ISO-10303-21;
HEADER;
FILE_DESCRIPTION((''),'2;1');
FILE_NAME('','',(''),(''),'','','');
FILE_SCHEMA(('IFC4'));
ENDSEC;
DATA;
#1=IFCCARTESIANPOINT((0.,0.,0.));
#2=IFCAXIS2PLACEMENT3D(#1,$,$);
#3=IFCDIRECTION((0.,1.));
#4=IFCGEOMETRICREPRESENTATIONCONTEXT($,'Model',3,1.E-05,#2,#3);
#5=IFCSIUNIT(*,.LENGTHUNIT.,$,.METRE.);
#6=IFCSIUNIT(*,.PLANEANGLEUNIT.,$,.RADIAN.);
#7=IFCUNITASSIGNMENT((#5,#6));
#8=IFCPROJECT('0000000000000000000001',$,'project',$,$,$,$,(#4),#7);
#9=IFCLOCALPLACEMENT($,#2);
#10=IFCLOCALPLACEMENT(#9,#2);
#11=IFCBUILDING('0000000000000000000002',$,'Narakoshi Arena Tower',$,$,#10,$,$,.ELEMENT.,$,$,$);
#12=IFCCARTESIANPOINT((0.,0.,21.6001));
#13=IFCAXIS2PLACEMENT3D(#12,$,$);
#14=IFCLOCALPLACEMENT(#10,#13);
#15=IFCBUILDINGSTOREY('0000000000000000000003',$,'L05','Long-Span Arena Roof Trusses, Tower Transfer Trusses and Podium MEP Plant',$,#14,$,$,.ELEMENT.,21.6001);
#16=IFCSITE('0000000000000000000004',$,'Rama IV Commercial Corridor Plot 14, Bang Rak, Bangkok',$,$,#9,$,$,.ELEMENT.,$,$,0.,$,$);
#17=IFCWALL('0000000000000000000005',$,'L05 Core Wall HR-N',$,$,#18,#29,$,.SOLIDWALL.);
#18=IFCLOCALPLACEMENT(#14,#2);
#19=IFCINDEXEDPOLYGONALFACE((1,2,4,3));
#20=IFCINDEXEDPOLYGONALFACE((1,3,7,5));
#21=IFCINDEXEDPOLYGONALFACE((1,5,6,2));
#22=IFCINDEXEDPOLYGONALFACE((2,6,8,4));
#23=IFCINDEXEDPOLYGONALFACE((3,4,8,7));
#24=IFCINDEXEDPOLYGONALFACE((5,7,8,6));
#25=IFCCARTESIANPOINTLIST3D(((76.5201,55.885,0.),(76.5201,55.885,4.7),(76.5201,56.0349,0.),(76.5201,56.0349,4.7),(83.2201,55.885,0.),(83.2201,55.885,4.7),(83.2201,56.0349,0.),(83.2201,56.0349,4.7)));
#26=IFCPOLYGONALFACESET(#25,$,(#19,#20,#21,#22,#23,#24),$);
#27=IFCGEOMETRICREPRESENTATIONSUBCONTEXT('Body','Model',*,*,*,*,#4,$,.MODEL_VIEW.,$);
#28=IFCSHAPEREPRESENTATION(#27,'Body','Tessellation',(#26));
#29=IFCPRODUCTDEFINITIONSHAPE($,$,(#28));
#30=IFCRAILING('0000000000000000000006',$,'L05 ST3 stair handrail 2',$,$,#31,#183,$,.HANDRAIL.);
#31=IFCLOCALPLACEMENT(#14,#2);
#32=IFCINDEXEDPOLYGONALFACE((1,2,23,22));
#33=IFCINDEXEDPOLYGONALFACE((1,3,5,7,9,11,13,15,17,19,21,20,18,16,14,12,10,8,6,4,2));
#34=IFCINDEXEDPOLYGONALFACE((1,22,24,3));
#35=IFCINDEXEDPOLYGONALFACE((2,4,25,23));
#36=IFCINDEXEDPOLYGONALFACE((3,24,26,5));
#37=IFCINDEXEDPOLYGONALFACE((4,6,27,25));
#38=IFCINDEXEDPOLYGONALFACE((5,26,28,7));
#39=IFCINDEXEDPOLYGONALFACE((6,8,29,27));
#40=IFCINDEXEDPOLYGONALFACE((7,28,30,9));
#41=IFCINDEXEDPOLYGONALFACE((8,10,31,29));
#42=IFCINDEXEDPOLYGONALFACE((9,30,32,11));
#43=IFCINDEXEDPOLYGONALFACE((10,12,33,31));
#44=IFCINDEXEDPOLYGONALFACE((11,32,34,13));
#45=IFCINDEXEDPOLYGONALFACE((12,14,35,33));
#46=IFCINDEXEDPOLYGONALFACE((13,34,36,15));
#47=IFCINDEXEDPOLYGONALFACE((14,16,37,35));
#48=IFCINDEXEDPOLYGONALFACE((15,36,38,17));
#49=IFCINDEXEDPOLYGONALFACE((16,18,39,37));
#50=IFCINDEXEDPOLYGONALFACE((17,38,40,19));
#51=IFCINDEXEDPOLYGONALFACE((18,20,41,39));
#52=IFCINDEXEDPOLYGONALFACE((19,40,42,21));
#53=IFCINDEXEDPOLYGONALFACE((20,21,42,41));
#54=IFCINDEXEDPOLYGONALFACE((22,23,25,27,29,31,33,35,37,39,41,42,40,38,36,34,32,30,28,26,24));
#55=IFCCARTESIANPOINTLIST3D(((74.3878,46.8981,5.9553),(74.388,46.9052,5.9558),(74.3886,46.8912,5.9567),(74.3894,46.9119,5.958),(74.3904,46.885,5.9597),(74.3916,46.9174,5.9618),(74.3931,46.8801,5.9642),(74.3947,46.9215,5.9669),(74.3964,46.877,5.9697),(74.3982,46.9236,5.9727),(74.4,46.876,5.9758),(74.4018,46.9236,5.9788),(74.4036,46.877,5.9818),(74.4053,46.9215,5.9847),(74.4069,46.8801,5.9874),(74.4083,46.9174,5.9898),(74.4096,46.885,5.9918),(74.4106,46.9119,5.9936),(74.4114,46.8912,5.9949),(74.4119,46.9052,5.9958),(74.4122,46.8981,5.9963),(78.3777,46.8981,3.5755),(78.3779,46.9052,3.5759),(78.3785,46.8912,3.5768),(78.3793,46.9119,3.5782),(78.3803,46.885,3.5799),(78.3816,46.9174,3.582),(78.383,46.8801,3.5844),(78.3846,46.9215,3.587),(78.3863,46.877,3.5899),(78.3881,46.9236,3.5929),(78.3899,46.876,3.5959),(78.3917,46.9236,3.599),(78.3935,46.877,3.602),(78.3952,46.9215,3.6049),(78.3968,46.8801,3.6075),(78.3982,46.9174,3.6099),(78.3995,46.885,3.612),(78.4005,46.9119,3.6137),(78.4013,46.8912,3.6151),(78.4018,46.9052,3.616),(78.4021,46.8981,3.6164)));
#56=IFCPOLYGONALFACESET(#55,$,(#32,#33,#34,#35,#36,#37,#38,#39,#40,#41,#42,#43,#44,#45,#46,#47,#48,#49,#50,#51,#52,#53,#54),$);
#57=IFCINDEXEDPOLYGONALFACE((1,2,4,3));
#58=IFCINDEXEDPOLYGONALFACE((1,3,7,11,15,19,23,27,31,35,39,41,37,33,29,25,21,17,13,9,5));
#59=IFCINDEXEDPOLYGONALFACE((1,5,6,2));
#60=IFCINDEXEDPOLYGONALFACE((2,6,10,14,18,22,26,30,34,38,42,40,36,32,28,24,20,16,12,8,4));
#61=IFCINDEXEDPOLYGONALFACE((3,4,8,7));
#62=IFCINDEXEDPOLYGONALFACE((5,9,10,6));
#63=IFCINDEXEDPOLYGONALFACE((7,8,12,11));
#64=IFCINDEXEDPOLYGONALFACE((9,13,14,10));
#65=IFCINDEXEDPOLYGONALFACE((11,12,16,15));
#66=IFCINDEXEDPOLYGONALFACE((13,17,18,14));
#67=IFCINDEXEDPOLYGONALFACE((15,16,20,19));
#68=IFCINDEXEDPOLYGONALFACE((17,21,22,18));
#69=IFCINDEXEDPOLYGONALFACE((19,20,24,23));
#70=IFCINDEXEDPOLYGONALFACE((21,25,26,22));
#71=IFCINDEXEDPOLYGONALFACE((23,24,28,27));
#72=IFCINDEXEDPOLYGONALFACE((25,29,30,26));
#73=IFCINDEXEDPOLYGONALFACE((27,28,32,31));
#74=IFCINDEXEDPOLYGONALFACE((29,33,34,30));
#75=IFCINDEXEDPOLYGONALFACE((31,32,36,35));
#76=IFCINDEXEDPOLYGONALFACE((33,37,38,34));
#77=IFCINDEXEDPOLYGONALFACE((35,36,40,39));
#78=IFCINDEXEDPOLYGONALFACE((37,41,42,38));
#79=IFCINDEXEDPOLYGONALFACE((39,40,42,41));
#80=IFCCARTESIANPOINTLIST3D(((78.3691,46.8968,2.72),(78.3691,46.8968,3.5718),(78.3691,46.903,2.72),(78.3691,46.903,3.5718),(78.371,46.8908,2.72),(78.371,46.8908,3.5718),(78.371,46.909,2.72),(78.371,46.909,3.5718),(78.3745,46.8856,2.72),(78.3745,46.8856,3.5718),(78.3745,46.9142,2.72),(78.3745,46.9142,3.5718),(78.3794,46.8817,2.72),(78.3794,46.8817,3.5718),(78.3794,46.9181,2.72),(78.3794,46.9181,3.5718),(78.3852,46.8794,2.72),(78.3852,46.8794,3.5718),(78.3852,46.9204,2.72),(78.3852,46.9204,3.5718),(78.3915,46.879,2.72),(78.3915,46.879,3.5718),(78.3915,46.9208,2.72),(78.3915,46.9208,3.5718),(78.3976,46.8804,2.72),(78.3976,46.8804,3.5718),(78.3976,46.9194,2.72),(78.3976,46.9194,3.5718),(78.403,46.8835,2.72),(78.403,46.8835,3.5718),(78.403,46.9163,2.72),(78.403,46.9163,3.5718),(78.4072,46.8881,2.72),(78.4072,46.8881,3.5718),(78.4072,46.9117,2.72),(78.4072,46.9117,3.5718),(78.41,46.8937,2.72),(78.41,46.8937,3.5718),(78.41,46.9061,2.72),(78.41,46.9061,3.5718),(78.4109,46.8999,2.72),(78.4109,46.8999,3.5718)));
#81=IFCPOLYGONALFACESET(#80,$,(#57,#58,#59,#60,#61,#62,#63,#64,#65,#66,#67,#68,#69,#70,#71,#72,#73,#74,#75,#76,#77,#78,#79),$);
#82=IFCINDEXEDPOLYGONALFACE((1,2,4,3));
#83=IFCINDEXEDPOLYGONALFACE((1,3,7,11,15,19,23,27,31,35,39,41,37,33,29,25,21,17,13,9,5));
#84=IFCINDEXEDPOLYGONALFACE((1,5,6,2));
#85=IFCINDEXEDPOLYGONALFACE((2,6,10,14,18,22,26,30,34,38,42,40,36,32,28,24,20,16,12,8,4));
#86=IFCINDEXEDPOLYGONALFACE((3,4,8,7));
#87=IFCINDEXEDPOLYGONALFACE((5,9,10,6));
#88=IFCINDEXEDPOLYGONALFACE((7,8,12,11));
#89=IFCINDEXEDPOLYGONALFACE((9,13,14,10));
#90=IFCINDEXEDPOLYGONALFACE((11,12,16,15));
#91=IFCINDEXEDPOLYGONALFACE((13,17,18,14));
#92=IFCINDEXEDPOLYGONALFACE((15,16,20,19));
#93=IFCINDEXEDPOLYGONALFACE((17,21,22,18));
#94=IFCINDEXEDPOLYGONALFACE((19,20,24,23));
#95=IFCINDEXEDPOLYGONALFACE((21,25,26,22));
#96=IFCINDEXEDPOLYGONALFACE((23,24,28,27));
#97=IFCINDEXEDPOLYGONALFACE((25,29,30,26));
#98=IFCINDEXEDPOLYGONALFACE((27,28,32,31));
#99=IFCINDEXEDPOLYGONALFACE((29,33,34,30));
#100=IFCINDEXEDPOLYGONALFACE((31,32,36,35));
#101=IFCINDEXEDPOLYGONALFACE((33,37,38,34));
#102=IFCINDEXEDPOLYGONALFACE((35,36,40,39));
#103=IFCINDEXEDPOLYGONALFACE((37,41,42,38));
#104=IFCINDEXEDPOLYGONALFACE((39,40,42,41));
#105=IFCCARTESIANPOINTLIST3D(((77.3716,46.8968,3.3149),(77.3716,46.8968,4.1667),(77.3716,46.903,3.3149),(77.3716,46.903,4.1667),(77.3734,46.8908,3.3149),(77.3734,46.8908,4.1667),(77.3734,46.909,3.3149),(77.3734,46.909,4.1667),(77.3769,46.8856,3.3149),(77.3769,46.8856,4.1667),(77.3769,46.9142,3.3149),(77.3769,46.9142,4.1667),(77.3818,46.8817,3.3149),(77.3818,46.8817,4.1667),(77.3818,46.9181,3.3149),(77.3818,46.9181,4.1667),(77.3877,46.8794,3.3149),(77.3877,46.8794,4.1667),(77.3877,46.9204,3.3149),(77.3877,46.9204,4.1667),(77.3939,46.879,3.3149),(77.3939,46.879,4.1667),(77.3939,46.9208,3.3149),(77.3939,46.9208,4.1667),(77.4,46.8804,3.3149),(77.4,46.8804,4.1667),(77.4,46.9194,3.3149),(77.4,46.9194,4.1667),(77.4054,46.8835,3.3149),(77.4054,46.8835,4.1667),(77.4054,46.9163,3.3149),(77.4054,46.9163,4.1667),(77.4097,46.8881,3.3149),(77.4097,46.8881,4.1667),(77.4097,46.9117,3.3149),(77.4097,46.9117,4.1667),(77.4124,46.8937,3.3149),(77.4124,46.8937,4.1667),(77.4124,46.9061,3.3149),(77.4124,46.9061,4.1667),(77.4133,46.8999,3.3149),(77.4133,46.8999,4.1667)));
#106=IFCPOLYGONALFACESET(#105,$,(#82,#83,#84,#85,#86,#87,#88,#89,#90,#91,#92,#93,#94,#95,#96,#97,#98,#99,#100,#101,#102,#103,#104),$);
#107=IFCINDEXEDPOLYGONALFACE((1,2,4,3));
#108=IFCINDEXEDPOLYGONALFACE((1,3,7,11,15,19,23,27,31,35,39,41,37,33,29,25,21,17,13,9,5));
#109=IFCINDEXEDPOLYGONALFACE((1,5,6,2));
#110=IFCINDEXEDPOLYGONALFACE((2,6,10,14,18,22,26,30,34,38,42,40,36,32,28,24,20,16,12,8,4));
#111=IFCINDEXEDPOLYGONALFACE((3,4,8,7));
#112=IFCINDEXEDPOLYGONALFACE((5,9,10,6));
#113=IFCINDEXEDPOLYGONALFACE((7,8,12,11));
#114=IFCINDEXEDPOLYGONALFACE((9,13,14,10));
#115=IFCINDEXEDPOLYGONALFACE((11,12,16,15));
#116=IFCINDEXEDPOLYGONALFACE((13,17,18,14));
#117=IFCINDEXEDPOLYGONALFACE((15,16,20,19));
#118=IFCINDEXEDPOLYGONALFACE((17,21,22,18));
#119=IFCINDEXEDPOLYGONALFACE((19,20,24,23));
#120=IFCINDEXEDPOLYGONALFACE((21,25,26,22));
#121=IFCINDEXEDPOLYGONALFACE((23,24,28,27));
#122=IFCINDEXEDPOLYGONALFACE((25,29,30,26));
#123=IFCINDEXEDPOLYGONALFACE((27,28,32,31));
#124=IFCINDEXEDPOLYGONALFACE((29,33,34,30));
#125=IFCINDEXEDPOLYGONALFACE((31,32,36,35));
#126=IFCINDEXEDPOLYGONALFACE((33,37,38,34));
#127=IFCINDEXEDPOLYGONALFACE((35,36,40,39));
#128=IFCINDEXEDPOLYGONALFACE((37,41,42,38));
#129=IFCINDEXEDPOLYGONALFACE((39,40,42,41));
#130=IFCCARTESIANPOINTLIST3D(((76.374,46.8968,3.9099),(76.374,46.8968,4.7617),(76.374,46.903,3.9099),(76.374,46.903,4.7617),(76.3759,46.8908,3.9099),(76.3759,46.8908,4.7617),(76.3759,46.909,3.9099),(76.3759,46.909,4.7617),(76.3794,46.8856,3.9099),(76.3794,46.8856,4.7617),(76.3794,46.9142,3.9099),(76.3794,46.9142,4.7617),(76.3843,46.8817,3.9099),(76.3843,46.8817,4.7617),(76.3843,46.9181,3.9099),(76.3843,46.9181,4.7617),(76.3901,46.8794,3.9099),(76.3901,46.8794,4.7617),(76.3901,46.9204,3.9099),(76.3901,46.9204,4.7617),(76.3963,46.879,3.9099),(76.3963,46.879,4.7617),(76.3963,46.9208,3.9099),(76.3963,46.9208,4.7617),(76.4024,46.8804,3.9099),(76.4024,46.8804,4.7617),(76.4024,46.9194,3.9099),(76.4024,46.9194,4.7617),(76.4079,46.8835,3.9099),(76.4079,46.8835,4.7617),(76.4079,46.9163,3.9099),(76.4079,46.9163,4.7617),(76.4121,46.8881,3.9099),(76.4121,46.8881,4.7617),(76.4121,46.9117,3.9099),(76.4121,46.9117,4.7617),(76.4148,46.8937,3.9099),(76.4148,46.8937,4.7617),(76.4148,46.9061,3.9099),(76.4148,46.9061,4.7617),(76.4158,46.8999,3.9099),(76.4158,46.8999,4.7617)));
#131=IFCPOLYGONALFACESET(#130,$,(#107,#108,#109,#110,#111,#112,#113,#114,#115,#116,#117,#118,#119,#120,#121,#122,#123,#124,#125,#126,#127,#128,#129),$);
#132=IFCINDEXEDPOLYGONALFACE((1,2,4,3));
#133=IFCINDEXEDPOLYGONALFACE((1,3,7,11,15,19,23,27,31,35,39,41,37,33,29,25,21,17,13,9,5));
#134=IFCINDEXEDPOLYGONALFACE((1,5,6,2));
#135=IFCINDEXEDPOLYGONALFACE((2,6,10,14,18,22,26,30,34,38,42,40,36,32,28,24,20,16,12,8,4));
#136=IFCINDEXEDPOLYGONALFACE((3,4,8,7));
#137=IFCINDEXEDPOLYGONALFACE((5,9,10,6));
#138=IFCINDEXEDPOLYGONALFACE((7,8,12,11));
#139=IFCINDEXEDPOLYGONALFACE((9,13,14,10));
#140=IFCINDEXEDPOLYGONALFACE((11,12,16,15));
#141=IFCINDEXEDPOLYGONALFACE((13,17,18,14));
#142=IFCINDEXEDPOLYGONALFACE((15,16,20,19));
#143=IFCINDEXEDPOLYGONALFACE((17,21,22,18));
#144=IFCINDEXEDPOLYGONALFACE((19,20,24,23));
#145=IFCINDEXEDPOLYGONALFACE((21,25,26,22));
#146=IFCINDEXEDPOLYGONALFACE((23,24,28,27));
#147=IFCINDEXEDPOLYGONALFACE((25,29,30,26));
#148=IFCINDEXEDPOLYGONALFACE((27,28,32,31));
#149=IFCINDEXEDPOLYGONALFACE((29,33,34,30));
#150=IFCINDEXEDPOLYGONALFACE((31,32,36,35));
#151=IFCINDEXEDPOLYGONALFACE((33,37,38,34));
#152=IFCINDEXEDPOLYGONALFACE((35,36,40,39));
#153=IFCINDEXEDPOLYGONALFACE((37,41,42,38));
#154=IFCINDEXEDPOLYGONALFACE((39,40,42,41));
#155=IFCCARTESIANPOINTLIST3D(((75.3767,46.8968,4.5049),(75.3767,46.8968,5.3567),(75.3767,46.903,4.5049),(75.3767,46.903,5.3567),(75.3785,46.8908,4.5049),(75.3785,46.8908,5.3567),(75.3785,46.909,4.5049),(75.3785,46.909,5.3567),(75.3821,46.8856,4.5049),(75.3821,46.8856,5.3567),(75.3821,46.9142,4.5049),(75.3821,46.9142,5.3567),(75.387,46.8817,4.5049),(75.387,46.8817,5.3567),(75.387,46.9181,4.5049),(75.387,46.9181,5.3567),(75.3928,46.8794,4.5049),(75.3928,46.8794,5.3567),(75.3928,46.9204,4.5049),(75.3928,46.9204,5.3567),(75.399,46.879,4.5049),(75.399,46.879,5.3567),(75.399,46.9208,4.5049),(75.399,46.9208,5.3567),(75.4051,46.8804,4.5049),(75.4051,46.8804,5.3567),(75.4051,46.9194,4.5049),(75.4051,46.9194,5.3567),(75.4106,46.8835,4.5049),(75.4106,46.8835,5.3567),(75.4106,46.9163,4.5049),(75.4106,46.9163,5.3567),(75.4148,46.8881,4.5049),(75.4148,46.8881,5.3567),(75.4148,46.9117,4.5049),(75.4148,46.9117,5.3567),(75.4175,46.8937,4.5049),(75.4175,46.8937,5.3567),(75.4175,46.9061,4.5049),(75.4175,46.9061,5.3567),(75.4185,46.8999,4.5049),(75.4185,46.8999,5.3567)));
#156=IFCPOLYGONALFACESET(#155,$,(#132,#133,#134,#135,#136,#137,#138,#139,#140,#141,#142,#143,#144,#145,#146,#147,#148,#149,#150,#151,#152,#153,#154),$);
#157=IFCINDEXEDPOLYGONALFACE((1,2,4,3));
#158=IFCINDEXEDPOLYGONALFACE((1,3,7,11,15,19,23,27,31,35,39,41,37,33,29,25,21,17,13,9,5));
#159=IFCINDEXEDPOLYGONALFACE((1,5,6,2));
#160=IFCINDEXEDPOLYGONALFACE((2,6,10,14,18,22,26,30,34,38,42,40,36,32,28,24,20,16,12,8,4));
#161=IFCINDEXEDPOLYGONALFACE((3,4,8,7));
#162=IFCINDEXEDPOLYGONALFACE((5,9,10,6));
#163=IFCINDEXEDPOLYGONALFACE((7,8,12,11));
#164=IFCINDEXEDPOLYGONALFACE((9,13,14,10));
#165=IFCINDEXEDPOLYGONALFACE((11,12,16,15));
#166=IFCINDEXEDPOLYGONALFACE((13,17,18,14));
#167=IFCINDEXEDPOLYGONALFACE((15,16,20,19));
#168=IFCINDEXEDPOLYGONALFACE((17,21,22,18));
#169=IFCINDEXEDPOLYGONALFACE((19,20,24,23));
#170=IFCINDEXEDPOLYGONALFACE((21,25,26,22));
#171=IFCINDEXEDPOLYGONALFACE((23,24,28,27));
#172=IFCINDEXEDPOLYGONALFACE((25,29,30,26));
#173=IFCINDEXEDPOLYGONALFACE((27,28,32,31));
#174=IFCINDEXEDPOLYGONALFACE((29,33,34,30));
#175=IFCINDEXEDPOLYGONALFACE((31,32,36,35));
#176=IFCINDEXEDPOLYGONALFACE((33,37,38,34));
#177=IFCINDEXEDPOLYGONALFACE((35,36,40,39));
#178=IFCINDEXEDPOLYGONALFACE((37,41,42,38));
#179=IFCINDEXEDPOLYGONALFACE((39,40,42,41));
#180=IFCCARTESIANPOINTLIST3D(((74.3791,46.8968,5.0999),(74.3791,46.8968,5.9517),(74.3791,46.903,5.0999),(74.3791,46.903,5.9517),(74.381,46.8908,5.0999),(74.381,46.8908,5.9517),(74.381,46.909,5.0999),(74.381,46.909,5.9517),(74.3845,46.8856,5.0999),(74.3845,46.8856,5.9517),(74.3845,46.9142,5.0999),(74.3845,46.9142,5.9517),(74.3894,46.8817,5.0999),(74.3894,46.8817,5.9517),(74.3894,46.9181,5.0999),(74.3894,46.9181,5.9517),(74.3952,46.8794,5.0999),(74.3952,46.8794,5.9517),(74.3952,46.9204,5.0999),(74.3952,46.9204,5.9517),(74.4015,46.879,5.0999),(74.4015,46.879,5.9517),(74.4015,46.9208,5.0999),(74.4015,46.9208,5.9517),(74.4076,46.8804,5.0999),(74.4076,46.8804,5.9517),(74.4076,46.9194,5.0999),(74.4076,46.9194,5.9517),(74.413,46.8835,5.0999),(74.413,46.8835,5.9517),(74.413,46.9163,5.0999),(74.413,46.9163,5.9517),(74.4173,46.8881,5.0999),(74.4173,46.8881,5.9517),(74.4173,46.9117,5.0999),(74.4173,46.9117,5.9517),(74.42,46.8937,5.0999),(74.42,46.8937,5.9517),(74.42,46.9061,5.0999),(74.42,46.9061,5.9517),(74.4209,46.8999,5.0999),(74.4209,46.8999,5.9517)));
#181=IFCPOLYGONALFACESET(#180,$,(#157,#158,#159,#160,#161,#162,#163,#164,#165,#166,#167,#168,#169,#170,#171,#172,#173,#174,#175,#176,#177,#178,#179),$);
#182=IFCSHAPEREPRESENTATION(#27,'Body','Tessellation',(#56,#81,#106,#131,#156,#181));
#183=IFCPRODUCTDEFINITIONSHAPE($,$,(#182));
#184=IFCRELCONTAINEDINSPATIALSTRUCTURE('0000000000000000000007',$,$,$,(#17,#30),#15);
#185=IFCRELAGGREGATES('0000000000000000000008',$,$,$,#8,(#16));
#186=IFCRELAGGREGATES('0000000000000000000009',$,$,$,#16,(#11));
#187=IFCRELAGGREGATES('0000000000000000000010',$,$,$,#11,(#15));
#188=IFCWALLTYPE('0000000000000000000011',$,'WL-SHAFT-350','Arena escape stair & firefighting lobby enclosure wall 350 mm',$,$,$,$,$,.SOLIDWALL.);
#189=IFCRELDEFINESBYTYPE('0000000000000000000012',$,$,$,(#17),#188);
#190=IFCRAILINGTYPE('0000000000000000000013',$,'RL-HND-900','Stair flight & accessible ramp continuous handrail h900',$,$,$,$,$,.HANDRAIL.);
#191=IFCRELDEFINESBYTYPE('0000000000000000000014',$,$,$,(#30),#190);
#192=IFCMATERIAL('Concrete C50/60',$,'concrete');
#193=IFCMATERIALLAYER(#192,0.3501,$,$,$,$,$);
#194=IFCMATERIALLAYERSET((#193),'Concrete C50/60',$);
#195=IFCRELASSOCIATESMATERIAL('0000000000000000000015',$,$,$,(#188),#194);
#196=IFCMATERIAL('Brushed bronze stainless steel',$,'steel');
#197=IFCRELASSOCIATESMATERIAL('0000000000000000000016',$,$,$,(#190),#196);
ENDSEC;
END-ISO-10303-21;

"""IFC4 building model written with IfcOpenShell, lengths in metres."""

from ifc_helpers import new_model, si_unit, direction, frame, frame_2d, origin, origin_2d, place, context, subcontext, project, spatial, rectangle, circle, extrude, material, layer, layer_set, type_object, element, save


model = new_model("IFC4")

# Units and contexts
model_context = context("Model", 3, precision=1e-05, world=origin(), true_north=direction((0.0, 1.0)))
body_context = subcontext(model_context, "Body", "Model", "MODEL_VIEW")
ifc_project = project(units=[si_unit("LENGTHUNIT", "METRE"), si_unit("PLANEANGLEUNIT", "RADIAN")], contexts=[model_context])

# Site, building, storey
site_placement = place(None, origin())
site = spatial("IfcSite", under=ifc_project, at=site_placement, Name="Rama IV Commercial Corridor Plot 14, Bang Rak, Bangkok", CompositionType="ELEMENT", RefElevation=0.0)
building_placement = place(site_placement, origin())
building = spatial("IfcBuilding", under=site, at=building_placement, Name="Narakoshi Arena Tower", CompositionType="ELEMENT")
storey_placement = place(building_placement, frame((0.0, 0.0, 21.6001)))
storey = spatial("IfcBuildingStorey", under=building, at=storey_placement, Name="L05", Description="Long-Span Arena Roof Trusses, Tower Transfer Trusses and Podium MEP Plant", CompositionType="ELEMENT", Elevation=21.6001)

# Shared definitions
ifc_material_1 = material(Name="Concrete C50/60", Category="concrete")
ifc_layer_1 = layer(ifc_material_1, 0.3501)
ifc_layer_set_1 = layer_set([ifc_layer_1], Name="Concrete C50/60")
wall_type_1 = type_object("IfcWallType", Name="WL-SHAFT-350", Description="Arena escape stair & firefighting lobby enclosure wall 350 mm", PredefinedType="SOLIDWALL", material=ifc_layer_set_1)
ifc_material_2 = material(Name="Brushed bronze stainless steel", Category="steel")

# Wall
wall_1_placement = place(storey_placement, frame((76.52, 55.96, 0.0), z_axis=(0.0, 0.0, 1.0), x_axis=(1.0, 0.0, 0.0)))
element("IfcWall", 1, at=wall_1_placement, inside=storey, type_object=wall_type_1, Name="L05 Core Wall HR-N", PredefinedType="SOLIDWALL", context=body_context, shape_type="SweptSolid", body=[
    extrude(rectangle(XDim=6.7, YDim=0.1499, at=frame_2d((3.3501, 0.0))), origin(), (0.0, 0.0, 1.0), 4.7),
])

# Railing
railing_type = type_object("IfcRailingType", Name="RL-HND-900", Description="Stair flight & accessible ramp continuous handrail h900", PredefinedType="HANDRAIL", material=ifc_material_2)
railing_placement = place(storey_placement, frame((78.3899, 46.8999, 2.72)))
element("IfcRailing", 2, at=railing_placement, inside=storey, type_object=railing_type, Name="L05 ST3 stair handrail 2", PredefinedType="HANDRAIL", context=body_context, shape_type="SweptSolid", body=[
    extrude(circle(Radius=0.0239, at=origin_2d()), frame((0.0, 0.0, 0.876), z_axis=(-0.85883, 0.0, 0.512261), x_axis=(0.0, -1.0, 0.0)), (0.0, 0.0, 1.0), 4.6458),
    extrude(circle(Radius=0.021, at=origin_2d()), origin(), (0.0, 0.0, 1.0), 0.8518),
    extrude(circle(Radius=0.021, at=origin_2d()), frame((-0.9976, 0.0, 0.595)), (0.0, 0.0, 1.0), 0.8518),
    extrude(circle(Radius=0.021, at=origin_2d()), frame((-1.9951, 0.0, 1.1899)), (0.0, 0.0, 1.0), 0.8518),
    extrude(circle(Radius=0.021, at=origin_2d()), frame((-2.9924, 0.0, 1.7849)), (0.0, 0.0, 1.0), 0.8518),
    extrude(circle(Radius=0.021, at=origin_2d()), frame((-3.99, 0.0, 2.3799)), (0.0, 0.0, 1.0), 0.8518),
])

save(model, "model.ifc")
